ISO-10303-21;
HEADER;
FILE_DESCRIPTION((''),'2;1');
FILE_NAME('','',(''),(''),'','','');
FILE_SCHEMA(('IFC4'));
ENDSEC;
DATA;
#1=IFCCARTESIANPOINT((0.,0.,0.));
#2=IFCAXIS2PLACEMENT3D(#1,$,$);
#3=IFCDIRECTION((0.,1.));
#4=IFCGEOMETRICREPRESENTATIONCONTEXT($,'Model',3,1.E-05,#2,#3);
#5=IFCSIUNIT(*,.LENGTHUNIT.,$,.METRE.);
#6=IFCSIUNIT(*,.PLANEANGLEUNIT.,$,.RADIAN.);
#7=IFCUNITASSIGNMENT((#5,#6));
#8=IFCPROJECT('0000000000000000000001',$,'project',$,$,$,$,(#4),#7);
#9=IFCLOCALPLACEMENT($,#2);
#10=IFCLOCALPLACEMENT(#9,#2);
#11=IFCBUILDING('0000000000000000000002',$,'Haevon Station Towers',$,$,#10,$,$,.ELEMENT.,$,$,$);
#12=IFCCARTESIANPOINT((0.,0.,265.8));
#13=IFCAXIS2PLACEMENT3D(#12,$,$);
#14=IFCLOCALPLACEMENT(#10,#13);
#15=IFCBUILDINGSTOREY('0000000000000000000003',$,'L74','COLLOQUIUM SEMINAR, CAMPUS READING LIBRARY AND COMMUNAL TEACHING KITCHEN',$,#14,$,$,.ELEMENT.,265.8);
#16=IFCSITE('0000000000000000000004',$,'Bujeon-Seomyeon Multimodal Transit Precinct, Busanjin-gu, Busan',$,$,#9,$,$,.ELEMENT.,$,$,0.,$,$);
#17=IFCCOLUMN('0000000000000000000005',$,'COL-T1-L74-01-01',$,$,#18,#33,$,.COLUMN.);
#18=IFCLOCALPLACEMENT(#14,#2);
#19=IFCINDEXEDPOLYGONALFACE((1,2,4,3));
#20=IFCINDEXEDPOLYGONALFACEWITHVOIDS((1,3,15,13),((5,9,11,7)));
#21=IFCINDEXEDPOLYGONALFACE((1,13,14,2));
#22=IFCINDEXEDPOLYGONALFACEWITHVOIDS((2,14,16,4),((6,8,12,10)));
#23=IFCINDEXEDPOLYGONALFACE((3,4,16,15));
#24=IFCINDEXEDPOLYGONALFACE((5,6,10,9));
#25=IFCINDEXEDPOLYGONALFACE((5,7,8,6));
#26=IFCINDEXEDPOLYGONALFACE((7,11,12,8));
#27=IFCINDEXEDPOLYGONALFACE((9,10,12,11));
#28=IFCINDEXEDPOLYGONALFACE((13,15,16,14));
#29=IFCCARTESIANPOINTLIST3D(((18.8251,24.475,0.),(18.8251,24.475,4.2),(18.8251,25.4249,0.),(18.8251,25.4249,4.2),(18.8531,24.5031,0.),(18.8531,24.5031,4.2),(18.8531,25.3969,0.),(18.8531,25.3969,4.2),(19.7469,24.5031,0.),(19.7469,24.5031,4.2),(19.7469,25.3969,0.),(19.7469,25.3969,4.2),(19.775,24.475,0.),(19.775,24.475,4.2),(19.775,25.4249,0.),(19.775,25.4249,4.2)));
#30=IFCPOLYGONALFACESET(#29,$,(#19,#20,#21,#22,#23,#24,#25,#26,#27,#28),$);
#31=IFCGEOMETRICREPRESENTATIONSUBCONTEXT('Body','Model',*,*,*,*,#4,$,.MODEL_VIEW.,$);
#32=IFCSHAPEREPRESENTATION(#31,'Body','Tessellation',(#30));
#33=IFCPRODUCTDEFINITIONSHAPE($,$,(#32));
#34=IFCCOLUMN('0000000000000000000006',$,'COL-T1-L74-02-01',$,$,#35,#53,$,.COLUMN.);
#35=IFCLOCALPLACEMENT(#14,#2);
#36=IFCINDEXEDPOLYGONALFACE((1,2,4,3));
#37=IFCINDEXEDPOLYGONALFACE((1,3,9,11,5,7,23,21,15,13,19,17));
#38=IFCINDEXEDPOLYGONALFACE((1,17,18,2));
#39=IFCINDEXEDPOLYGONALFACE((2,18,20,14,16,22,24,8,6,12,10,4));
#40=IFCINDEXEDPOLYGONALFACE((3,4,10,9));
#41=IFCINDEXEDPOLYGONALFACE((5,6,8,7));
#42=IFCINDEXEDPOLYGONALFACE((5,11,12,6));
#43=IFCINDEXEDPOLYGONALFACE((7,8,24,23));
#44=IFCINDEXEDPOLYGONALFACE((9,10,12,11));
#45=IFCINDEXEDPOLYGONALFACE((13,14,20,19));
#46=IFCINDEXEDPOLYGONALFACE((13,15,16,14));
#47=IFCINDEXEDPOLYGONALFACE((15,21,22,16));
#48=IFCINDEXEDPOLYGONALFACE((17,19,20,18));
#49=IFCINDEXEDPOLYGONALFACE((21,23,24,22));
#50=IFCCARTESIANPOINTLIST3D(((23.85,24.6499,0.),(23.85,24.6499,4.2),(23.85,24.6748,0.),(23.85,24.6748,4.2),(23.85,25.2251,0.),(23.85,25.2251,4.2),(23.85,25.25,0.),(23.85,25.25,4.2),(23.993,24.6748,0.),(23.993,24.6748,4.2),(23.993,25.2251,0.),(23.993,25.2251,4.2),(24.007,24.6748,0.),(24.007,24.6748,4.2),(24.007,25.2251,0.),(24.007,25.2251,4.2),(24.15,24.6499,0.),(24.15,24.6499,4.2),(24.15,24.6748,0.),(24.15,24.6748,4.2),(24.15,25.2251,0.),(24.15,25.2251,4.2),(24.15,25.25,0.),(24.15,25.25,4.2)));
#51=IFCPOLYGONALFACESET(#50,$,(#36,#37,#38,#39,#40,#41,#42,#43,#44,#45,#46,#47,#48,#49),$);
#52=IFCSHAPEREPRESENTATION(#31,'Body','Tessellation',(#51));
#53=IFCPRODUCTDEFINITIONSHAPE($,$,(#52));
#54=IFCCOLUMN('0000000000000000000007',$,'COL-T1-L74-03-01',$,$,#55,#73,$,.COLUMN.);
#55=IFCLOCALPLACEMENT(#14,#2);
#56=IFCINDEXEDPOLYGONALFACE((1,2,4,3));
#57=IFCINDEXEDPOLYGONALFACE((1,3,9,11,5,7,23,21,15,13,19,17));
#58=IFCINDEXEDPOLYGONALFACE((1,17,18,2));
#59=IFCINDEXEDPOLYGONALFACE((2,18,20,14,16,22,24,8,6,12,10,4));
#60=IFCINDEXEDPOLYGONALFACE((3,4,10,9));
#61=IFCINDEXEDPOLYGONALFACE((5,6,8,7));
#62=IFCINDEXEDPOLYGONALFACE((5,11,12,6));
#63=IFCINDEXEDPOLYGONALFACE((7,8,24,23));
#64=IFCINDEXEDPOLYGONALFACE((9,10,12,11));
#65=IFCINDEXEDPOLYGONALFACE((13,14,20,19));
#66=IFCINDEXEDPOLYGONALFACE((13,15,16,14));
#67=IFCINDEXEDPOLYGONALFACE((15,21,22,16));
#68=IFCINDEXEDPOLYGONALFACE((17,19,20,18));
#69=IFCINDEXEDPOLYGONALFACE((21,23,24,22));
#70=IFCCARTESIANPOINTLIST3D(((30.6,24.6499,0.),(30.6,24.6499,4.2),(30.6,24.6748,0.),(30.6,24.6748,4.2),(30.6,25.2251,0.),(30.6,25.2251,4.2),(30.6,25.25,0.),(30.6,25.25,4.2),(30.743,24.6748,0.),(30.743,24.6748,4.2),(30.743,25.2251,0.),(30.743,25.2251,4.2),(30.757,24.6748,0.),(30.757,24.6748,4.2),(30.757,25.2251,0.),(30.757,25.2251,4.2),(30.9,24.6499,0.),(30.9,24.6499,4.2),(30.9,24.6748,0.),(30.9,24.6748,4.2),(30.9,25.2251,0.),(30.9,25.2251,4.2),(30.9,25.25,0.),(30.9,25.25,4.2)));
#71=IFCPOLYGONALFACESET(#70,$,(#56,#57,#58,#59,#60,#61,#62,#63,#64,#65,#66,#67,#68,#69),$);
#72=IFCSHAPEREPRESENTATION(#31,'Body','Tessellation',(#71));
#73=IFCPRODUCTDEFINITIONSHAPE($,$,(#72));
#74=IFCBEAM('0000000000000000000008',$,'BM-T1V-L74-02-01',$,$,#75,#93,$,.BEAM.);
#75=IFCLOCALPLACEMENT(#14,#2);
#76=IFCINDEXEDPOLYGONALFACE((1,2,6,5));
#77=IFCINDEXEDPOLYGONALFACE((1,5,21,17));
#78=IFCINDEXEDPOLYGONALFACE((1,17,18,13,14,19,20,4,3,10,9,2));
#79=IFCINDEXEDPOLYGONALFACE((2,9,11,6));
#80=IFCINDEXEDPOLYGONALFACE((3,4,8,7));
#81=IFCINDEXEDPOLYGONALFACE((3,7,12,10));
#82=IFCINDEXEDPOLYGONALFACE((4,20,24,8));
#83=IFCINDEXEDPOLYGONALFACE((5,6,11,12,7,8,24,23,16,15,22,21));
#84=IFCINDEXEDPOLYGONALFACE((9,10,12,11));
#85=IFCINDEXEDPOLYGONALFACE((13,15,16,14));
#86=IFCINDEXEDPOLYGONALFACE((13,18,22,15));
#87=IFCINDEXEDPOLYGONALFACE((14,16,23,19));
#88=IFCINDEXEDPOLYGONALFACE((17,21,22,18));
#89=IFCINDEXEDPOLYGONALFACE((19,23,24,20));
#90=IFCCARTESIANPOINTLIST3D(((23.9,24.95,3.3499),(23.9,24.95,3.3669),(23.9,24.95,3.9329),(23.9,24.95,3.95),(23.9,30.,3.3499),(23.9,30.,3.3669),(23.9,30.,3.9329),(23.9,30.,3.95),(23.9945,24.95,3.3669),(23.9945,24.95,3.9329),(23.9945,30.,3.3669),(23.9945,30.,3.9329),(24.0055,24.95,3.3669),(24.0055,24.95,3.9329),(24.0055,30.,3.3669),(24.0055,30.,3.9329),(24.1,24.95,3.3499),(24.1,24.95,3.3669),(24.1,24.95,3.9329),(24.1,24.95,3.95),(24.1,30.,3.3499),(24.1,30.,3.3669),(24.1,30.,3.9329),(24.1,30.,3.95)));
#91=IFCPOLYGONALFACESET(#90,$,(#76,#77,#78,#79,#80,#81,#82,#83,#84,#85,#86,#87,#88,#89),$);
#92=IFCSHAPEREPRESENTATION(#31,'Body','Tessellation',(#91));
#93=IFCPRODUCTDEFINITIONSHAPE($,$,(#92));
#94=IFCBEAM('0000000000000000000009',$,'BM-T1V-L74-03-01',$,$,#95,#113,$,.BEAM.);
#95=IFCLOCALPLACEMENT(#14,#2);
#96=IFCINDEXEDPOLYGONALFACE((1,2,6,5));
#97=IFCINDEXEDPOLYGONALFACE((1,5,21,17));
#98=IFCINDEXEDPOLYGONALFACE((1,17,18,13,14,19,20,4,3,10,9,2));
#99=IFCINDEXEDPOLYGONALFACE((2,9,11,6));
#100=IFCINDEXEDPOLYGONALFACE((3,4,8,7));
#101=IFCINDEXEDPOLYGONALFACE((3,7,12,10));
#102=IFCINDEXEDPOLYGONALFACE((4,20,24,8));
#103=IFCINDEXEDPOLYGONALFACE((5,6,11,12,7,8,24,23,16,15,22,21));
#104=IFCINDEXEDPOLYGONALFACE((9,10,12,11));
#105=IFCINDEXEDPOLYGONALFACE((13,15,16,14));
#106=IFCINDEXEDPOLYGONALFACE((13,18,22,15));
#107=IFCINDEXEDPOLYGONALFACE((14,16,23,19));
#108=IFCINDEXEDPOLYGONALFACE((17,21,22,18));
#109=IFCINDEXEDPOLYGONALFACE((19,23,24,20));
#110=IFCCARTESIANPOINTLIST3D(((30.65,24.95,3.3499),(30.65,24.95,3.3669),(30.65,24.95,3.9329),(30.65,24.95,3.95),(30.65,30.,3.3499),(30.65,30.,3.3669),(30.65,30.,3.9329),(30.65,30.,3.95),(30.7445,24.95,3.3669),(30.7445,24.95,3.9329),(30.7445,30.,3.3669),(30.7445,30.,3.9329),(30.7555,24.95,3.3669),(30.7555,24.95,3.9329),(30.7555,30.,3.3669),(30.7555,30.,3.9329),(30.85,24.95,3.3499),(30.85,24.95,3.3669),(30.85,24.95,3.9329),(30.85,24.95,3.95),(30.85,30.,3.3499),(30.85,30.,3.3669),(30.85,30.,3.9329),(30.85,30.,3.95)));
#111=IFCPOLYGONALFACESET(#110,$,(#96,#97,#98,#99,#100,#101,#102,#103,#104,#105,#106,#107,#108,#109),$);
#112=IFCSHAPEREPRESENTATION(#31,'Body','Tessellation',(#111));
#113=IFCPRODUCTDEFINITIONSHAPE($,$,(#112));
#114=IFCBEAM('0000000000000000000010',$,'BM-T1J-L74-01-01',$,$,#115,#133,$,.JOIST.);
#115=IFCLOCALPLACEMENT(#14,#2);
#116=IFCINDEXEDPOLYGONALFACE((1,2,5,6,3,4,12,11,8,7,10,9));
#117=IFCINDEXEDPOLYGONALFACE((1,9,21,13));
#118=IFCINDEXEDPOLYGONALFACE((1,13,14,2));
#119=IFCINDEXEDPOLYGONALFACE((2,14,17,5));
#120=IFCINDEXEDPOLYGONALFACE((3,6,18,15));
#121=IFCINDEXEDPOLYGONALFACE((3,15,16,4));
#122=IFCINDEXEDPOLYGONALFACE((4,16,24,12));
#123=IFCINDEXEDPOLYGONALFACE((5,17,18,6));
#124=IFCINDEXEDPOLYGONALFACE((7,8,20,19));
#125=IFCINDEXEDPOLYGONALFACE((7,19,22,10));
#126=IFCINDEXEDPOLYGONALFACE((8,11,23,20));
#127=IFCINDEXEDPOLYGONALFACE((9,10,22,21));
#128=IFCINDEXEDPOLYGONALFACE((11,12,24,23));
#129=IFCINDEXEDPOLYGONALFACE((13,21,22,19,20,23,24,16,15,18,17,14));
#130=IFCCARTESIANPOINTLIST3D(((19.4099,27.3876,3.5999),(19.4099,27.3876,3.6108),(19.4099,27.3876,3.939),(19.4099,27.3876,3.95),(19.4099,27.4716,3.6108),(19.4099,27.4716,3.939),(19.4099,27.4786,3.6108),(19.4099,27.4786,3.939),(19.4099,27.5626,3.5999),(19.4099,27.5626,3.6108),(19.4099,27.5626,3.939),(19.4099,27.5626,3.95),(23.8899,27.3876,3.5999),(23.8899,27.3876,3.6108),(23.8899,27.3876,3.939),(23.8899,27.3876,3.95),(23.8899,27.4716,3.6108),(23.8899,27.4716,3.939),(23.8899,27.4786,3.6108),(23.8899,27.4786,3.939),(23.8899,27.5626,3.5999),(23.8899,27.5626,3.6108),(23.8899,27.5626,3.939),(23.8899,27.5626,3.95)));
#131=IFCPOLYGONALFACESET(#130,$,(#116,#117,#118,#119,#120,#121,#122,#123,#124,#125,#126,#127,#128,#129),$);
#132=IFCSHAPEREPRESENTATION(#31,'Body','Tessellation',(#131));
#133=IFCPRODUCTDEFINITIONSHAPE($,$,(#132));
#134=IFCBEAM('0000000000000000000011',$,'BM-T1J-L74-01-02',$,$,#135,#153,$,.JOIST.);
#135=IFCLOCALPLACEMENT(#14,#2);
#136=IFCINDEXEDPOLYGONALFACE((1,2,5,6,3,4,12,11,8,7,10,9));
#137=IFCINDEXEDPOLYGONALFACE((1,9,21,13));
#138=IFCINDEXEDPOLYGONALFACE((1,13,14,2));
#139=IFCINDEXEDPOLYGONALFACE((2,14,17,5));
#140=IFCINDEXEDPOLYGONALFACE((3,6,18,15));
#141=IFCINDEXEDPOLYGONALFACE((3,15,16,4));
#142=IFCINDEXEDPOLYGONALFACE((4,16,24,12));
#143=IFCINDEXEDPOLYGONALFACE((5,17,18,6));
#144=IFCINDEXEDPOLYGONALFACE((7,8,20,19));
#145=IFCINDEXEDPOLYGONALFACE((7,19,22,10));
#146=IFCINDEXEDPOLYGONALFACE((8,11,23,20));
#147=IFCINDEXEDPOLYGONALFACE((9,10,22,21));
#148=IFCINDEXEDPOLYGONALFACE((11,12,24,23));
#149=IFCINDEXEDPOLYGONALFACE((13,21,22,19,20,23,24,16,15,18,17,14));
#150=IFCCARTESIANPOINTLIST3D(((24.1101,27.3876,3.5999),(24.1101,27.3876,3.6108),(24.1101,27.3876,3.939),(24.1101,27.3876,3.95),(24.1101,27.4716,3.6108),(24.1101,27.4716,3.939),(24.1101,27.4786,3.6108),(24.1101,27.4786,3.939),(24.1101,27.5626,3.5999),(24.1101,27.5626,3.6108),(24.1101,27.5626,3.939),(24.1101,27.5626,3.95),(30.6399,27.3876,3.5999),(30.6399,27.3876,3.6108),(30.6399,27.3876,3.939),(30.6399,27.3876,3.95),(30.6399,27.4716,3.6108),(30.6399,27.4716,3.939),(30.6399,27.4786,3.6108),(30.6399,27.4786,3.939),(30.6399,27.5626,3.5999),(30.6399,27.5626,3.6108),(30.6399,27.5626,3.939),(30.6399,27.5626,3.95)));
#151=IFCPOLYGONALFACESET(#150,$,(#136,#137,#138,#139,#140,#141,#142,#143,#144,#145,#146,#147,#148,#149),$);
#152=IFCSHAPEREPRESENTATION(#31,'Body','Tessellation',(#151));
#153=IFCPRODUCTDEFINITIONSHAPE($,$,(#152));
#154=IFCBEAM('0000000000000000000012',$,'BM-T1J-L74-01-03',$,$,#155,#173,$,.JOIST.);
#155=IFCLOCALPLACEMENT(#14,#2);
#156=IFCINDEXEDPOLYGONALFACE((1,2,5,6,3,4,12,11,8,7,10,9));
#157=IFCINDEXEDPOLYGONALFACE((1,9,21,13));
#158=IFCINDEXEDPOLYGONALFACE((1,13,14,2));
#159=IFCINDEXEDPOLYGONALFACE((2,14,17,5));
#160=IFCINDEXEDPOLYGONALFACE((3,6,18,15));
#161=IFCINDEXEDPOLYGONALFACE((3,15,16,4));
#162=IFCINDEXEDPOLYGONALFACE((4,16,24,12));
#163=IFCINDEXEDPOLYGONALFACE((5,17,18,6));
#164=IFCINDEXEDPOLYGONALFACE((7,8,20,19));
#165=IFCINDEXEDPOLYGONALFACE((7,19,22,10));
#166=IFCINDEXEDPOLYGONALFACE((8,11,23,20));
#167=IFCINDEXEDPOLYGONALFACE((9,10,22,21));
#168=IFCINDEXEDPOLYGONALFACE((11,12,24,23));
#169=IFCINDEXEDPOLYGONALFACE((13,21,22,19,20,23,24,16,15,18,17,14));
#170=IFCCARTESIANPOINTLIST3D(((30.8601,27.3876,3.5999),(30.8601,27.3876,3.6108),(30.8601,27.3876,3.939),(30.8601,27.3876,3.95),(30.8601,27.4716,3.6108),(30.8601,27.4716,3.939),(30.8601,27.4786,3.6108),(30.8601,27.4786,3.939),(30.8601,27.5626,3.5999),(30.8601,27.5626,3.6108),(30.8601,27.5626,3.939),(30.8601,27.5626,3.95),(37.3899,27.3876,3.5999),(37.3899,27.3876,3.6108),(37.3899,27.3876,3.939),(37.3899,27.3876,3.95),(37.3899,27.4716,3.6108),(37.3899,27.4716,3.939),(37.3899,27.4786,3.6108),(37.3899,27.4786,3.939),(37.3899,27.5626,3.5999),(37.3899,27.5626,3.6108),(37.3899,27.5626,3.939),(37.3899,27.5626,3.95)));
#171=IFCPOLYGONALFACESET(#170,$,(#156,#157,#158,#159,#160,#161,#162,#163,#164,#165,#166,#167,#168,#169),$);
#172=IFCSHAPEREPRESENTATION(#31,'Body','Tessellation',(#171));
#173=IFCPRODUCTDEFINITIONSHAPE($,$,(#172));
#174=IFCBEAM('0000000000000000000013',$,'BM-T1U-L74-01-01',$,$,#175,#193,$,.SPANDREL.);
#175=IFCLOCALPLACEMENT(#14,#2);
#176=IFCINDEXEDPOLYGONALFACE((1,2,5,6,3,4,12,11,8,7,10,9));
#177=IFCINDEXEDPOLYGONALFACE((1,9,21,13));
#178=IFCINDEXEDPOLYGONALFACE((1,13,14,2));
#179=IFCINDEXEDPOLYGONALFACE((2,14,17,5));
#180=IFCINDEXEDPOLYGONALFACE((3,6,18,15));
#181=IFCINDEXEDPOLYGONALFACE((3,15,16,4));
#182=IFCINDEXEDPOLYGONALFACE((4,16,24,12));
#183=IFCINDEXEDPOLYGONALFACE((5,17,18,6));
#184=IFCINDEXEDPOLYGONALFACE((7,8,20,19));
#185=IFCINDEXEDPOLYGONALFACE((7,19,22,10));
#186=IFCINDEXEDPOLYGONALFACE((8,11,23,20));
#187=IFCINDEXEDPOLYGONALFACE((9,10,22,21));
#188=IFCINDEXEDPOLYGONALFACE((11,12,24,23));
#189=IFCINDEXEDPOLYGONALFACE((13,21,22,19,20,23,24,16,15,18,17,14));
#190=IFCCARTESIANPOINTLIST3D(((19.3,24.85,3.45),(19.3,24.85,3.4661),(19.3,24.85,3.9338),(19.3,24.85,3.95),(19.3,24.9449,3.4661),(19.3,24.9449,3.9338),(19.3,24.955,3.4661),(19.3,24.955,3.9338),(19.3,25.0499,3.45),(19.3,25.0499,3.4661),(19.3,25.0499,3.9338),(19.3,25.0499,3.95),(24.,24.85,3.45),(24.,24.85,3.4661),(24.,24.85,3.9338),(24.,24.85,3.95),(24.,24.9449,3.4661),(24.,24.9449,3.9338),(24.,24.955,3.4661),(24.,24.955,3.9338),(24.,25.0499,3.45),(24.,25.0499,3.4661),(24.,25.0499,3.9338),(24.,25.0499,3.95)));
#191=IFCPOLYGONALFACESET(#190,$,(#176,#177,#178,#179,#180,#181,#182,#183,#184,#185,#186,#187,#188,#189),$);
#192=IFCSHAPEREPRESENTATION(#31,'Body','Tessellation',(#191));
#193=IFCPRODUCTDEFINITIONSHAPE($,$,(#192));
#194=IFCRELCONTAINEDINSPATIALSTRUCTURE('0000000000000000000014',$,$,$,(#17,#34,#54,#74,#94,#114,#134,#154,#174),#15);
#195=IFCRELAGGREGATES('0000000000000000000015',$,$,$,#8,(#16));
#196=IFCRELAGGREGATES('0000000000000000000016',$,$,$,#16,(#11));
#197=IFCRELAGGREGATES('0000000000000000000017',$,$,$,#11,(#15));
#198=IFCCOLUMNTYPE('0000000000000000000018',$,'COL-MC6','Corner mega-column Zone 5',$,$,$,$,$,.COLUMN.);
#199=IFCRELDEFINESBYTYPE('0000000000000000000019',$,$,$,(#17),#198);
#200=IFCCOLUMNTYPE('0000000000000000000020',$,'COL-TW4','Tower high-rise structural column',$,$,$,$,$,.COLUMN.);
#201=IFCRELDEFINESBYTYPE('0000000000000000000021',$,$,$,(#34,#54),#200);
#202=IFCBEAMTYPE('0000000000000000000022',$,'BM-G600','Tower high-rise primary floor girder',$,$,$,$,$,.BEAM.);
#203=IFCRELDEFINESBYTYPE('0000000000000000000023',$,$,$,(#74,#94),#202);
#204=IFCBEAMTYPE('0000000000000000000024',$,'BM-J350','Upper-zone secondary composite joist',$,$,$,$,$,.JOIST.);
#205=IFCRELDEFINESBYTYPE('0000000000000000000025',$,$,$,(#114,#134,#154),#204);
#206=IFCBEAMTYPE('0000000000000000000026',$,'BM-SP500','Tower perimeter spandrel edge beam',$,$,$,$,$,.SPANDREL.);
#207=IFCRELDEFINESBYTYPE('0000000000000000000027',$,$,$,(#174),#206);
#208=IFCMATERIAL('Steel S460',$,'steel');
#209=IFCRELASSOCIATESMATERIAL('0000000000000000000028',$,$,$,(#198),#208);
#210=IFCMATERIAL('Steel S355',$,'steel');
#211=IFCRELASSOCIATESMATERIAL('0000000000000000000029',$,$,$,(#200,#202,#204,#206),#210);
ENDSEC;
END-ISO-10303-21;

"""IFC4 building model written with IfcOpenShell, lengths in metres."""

from ifc_helpers import new_model, si_unit, direction, frame, origin, origin_2d, place, context, subcontext, project, spatial, hollow_rectangle, i_section, extrude, material, material_profile, profile_set, type_object, element, save


model = new_model("IFC4")

# Units and contexts
model_context = context("Model", 3, precision=1e-05, world=origin(), true_north=direction((0.0, 1.0)))
body_context = subcontext(model_context, "Body", "Model", "MODEL_VIEW")
ifc_project = project(units=[si_unit("LENGTHUNIT", "METRE"), si_unit("PLANEANGLEUNIT", "RADIAN")], contexts=[model_context])

# Site, building, storey
site_placement = place(None, origin())
site = spatial("IfcSite", under=ifc_project, at=site_placement, Name="Bujeon-Seomyeon Multimodal Transit Precinct, Busanjin-gu, Busan", CompositionType="ELEMENT", RefElevation=0.0)
building_placement = place(site_placement, origin())
building = spatial("IfcBuilding", under=site, at=building_placement, Name="Haevon Station Towers", CompositionType="ELEMENT")
storey_placement = place(building_placement, frame((0.0, 0.0, 265.8)))
storey = spatial("IfcBuildingStorey", under=building, at=storey_placement, Name="L74", Description="COLLOQUIUM SEMINAR, CAMPUS READING LIBRARY AND COMMUNAL TEACHING KITCHEN", CompositionType="ELEMENT", Elevation=265.8)

# Columns
ifc_material_1 = material(Name="Steel S460", Category="steel")
ifc_material_profile_1 = material_profile(ifc_material_1, hollow_rectangle(XDim=0.95, YDim=0.95, WallThickness=0.0281, at=origin_2d()), Name="BOX-950x950x28")
ifc_profile_set_1 = profile_set([ifc_material_profile_1], Name="Steel S460")
column_type_1 = type_object("IfcColumnType", Name="COL-MC6", Description="Corner mega-column Zone 5", PredefinedType="COLUMN", material=ifc_profile_set_1)
column_placement = place(storey_placement, frame((19.3, 24.95, 0.0), z_axis=(0.0, 0.0, 1.0), x_axis=(1.0, 0.0, 0.0)))
element("IfcColumn", 1, at=column_placement, inside=storey, type_object=column_type_1, Name="COL-T1-L74-01-01", PredefinedType="COLUMN", context=body_context, shape_type="SweptSolid", body=[
    extrude(hollow_rectangle(XDim=0.95, YDim=0.95, WallThickness=0.0281, at=origin_2d()), origin(), (0.0, 0.0, 1.0), 4.2),
])
ifc_material_2 = material(Name="Steel S355", Category="steel")
ifc_material_profile_2 = material_profile(ifc_material_2, i_section(OverallWidth=0.3, OverallDepth=0.6001, WebThickness=0.0139, FlangeThickness=0.0249, at=origin_2d()), Name="H-600x300x14x25")
ifc_profile_set_2 = profile_set([ifc_material_profile_2], Name="Steel S355")
column_type_2 = type_object("IfcColumnType", Name="COL-TW4", Description="Tower high-rise structural column", PredefinedType="COLUMN", material=ifc_profile_set_2)
for number, where, z_axis, x_axis, name in (
    (2, (24.0, 24.95, 0.0), (0.0, 0.0, 1.0), (1.0, 0.0, 0.0), "COL-T1-L74-02-01"),
    (3, (30.75, 24.95, 0.0), (0.0, 0.0, 1.0), (1.0, 0.0, 0.0), "COL-T1-L74-03-01"),
):
    element("IfcColumn", number, at=place(storey_placement, frame(where, z_axis=z_axis, x_axis=x_axis)), inside=storey, type_object=column_type_2, Name=name, PredefinedType="COLUMN", context=body_context, shape_type="SweptSolid", body=[
        extrude(i_section(OverallWidth=0.3, OverallDepth=0.6001, WebThickness=0.0139, FlangeThickness=0.0249, at=origin_2d()), origin(), (0.0, 0.0, 1.0), 4.2),
    ])

# Beams
ifc_material_profile_3 = material_profile(ifc_material_2, i_section(OverallWidth=0.2, OverallDepth=0.6001, WebThickness=0.011, FlangeThickness=0.0171, at=origin_2d()), Name="H-600x200x11x17")
ifc_profile_set_3 = profile_set([ifc_material_profile_3], Name="Steel S355")
beam_type_1 = type_object("IfcBeamType", Name="BM-G600", Description="Tower high-rise primary floor girder", PredefinedType="BEAM", material=ifc_profile_set_3)
for number, where, z_axis, x_axis, name in (
    (4, (24.0, 24.95, 3.6499), (0.0, 1.0, 0.0), (-1.0, 0.0, 0.0), "BM-T1V-L74-02-01"),
    (5, (30.75, 24.95, 3.6499), (0.0, 1.0, 0.0), (-1.0, 0.0, 0.0), "BM-T1V-L74-03-01"),
):
    element("IfcBeam", number, at=place(storey_placement, frame(where, z_axis=z_axis, x_axis=x_axis)), inside=storey, type_object=beam_type_1, Name=name, PredefinedType="BEAM", context=body_context, shape_type="SweptSolid", body=[
        extrude(i_section(OverallWidth=0.2, OverallDepth=0.6001, WebThickness=0.011, FlangeThickness=0.0171, at=origin_2d()), origin(), (0.0, 0.0, 1.0), 5.05),
    ])
ifc_material_profile_4 = material_profile(ifc_material_2, i_section(OverallWidth=0.175, OverallDepth=0.3501, WebThickness=0.0071, FlangeThickness=0.011, at=origin_2d()), Name="H-350x175x7x11")
ifc_profile_set_4 = profile_set([ifc_material_profile_4], Name="Steel S355")
beam_type_2 = type_object("IfcBeamType", Name="BM-J350", Description="Upper-zone secondary composite joist", PredefinedType="JOIST", material=ifc_profile_set_4)
beam_1_placement = place(storey_placement, frame((19.4099, 27.4751, 3.7749), z_axis=(1.0, 0.0, 0.0), x_axis=(0.0, 1.0, 0.0)))
element("IfcBeam", 6, at=beam_1_placement, inside=storey, type_object=beam_type_2, Name="BM-T1J-L74-01-01", PredefinedType="JOIST", context=body_context, shape_type="SweptSolid", body=[
    extrude(i_section(OverallWidth=0.175, OverallDepth=0.3501, WebThickness=0.0071, FlangeThickness=0.011, at=origin_2d()), origin(), (0.0, 0.0, 1.0), 4.48),
])
for number, where, z_axis, x_axis, name in (
    (7, (24.1101, 27.4751, 3.7749), (1.0, 0.0, 0.0), (0.0, 1.0, 0.0), "BM-T1J-L74-01-02"),
    (8, (30.8601, 27.4751, 3.7749), (1.0, 0.0, 0.0), (0.0, 1.0, 0.0), "BM-T1J-L74-01-03"),
):
    element("IfcBeam", number, at=place(storey_placement, frame(where, z_axis=z_axis, x_axis=x_axis)), inside=storey, type_object=beam_type_2, Name=name, PredefinedType="JOIST", context=body_context, shape_type="SweptSolid", body=[
        extrude(i_section(OverallWidth=0.175, OverallDepth=0.3501, WebThickness=0.0071, FlangeThickness=0.011, at=origin_2d()), origin(), (0.0, 0.0, 1.0), 6.5298),
    ])
ifc_material_profile_5 = material_profile(ifc_material_2, i_section(OverallWidth=0.2, OverallDepth=0.5, WebThickness=0.01, FlangeThickness=0.0161, at=origin_2d()), Name="H-500x200x10x16")
ifc_profile_set_5 = profile_set([ifc_material_profile_5], Name="Steel S355")
beam_type_3 = type_object("IfcBeamType", Name="BM-SP500", Description="Tower perimeter spandrel edge beam", PredefinedType="SPANDREL", material=ifc_profile_set_5)
beam_2_placement = place(storey_placement, frame((19.3, 24.95, 3.7), z_axis=(1.0, 0.0, 0.0), x_axis=(0.0, 1.0, 0.0)))
element("IfcBeam", 9, at=beam_2_placement, inside=storey, type_object=beam_type_3, Name="BM-T1U-L74-01-01", PredefinedType="SPANDREL", context=body_context, shape_type="SweptSolid", body=[
    extrude(i_section(OverallWidth=0.2, OverallDepth=0.5, WebThickness=0.01, FlangeThickness=0.0161, at=origin_2d()), origin(), (0.0, 0.0, 1.0), 4.7),
])

save(model, "model.ifc")
